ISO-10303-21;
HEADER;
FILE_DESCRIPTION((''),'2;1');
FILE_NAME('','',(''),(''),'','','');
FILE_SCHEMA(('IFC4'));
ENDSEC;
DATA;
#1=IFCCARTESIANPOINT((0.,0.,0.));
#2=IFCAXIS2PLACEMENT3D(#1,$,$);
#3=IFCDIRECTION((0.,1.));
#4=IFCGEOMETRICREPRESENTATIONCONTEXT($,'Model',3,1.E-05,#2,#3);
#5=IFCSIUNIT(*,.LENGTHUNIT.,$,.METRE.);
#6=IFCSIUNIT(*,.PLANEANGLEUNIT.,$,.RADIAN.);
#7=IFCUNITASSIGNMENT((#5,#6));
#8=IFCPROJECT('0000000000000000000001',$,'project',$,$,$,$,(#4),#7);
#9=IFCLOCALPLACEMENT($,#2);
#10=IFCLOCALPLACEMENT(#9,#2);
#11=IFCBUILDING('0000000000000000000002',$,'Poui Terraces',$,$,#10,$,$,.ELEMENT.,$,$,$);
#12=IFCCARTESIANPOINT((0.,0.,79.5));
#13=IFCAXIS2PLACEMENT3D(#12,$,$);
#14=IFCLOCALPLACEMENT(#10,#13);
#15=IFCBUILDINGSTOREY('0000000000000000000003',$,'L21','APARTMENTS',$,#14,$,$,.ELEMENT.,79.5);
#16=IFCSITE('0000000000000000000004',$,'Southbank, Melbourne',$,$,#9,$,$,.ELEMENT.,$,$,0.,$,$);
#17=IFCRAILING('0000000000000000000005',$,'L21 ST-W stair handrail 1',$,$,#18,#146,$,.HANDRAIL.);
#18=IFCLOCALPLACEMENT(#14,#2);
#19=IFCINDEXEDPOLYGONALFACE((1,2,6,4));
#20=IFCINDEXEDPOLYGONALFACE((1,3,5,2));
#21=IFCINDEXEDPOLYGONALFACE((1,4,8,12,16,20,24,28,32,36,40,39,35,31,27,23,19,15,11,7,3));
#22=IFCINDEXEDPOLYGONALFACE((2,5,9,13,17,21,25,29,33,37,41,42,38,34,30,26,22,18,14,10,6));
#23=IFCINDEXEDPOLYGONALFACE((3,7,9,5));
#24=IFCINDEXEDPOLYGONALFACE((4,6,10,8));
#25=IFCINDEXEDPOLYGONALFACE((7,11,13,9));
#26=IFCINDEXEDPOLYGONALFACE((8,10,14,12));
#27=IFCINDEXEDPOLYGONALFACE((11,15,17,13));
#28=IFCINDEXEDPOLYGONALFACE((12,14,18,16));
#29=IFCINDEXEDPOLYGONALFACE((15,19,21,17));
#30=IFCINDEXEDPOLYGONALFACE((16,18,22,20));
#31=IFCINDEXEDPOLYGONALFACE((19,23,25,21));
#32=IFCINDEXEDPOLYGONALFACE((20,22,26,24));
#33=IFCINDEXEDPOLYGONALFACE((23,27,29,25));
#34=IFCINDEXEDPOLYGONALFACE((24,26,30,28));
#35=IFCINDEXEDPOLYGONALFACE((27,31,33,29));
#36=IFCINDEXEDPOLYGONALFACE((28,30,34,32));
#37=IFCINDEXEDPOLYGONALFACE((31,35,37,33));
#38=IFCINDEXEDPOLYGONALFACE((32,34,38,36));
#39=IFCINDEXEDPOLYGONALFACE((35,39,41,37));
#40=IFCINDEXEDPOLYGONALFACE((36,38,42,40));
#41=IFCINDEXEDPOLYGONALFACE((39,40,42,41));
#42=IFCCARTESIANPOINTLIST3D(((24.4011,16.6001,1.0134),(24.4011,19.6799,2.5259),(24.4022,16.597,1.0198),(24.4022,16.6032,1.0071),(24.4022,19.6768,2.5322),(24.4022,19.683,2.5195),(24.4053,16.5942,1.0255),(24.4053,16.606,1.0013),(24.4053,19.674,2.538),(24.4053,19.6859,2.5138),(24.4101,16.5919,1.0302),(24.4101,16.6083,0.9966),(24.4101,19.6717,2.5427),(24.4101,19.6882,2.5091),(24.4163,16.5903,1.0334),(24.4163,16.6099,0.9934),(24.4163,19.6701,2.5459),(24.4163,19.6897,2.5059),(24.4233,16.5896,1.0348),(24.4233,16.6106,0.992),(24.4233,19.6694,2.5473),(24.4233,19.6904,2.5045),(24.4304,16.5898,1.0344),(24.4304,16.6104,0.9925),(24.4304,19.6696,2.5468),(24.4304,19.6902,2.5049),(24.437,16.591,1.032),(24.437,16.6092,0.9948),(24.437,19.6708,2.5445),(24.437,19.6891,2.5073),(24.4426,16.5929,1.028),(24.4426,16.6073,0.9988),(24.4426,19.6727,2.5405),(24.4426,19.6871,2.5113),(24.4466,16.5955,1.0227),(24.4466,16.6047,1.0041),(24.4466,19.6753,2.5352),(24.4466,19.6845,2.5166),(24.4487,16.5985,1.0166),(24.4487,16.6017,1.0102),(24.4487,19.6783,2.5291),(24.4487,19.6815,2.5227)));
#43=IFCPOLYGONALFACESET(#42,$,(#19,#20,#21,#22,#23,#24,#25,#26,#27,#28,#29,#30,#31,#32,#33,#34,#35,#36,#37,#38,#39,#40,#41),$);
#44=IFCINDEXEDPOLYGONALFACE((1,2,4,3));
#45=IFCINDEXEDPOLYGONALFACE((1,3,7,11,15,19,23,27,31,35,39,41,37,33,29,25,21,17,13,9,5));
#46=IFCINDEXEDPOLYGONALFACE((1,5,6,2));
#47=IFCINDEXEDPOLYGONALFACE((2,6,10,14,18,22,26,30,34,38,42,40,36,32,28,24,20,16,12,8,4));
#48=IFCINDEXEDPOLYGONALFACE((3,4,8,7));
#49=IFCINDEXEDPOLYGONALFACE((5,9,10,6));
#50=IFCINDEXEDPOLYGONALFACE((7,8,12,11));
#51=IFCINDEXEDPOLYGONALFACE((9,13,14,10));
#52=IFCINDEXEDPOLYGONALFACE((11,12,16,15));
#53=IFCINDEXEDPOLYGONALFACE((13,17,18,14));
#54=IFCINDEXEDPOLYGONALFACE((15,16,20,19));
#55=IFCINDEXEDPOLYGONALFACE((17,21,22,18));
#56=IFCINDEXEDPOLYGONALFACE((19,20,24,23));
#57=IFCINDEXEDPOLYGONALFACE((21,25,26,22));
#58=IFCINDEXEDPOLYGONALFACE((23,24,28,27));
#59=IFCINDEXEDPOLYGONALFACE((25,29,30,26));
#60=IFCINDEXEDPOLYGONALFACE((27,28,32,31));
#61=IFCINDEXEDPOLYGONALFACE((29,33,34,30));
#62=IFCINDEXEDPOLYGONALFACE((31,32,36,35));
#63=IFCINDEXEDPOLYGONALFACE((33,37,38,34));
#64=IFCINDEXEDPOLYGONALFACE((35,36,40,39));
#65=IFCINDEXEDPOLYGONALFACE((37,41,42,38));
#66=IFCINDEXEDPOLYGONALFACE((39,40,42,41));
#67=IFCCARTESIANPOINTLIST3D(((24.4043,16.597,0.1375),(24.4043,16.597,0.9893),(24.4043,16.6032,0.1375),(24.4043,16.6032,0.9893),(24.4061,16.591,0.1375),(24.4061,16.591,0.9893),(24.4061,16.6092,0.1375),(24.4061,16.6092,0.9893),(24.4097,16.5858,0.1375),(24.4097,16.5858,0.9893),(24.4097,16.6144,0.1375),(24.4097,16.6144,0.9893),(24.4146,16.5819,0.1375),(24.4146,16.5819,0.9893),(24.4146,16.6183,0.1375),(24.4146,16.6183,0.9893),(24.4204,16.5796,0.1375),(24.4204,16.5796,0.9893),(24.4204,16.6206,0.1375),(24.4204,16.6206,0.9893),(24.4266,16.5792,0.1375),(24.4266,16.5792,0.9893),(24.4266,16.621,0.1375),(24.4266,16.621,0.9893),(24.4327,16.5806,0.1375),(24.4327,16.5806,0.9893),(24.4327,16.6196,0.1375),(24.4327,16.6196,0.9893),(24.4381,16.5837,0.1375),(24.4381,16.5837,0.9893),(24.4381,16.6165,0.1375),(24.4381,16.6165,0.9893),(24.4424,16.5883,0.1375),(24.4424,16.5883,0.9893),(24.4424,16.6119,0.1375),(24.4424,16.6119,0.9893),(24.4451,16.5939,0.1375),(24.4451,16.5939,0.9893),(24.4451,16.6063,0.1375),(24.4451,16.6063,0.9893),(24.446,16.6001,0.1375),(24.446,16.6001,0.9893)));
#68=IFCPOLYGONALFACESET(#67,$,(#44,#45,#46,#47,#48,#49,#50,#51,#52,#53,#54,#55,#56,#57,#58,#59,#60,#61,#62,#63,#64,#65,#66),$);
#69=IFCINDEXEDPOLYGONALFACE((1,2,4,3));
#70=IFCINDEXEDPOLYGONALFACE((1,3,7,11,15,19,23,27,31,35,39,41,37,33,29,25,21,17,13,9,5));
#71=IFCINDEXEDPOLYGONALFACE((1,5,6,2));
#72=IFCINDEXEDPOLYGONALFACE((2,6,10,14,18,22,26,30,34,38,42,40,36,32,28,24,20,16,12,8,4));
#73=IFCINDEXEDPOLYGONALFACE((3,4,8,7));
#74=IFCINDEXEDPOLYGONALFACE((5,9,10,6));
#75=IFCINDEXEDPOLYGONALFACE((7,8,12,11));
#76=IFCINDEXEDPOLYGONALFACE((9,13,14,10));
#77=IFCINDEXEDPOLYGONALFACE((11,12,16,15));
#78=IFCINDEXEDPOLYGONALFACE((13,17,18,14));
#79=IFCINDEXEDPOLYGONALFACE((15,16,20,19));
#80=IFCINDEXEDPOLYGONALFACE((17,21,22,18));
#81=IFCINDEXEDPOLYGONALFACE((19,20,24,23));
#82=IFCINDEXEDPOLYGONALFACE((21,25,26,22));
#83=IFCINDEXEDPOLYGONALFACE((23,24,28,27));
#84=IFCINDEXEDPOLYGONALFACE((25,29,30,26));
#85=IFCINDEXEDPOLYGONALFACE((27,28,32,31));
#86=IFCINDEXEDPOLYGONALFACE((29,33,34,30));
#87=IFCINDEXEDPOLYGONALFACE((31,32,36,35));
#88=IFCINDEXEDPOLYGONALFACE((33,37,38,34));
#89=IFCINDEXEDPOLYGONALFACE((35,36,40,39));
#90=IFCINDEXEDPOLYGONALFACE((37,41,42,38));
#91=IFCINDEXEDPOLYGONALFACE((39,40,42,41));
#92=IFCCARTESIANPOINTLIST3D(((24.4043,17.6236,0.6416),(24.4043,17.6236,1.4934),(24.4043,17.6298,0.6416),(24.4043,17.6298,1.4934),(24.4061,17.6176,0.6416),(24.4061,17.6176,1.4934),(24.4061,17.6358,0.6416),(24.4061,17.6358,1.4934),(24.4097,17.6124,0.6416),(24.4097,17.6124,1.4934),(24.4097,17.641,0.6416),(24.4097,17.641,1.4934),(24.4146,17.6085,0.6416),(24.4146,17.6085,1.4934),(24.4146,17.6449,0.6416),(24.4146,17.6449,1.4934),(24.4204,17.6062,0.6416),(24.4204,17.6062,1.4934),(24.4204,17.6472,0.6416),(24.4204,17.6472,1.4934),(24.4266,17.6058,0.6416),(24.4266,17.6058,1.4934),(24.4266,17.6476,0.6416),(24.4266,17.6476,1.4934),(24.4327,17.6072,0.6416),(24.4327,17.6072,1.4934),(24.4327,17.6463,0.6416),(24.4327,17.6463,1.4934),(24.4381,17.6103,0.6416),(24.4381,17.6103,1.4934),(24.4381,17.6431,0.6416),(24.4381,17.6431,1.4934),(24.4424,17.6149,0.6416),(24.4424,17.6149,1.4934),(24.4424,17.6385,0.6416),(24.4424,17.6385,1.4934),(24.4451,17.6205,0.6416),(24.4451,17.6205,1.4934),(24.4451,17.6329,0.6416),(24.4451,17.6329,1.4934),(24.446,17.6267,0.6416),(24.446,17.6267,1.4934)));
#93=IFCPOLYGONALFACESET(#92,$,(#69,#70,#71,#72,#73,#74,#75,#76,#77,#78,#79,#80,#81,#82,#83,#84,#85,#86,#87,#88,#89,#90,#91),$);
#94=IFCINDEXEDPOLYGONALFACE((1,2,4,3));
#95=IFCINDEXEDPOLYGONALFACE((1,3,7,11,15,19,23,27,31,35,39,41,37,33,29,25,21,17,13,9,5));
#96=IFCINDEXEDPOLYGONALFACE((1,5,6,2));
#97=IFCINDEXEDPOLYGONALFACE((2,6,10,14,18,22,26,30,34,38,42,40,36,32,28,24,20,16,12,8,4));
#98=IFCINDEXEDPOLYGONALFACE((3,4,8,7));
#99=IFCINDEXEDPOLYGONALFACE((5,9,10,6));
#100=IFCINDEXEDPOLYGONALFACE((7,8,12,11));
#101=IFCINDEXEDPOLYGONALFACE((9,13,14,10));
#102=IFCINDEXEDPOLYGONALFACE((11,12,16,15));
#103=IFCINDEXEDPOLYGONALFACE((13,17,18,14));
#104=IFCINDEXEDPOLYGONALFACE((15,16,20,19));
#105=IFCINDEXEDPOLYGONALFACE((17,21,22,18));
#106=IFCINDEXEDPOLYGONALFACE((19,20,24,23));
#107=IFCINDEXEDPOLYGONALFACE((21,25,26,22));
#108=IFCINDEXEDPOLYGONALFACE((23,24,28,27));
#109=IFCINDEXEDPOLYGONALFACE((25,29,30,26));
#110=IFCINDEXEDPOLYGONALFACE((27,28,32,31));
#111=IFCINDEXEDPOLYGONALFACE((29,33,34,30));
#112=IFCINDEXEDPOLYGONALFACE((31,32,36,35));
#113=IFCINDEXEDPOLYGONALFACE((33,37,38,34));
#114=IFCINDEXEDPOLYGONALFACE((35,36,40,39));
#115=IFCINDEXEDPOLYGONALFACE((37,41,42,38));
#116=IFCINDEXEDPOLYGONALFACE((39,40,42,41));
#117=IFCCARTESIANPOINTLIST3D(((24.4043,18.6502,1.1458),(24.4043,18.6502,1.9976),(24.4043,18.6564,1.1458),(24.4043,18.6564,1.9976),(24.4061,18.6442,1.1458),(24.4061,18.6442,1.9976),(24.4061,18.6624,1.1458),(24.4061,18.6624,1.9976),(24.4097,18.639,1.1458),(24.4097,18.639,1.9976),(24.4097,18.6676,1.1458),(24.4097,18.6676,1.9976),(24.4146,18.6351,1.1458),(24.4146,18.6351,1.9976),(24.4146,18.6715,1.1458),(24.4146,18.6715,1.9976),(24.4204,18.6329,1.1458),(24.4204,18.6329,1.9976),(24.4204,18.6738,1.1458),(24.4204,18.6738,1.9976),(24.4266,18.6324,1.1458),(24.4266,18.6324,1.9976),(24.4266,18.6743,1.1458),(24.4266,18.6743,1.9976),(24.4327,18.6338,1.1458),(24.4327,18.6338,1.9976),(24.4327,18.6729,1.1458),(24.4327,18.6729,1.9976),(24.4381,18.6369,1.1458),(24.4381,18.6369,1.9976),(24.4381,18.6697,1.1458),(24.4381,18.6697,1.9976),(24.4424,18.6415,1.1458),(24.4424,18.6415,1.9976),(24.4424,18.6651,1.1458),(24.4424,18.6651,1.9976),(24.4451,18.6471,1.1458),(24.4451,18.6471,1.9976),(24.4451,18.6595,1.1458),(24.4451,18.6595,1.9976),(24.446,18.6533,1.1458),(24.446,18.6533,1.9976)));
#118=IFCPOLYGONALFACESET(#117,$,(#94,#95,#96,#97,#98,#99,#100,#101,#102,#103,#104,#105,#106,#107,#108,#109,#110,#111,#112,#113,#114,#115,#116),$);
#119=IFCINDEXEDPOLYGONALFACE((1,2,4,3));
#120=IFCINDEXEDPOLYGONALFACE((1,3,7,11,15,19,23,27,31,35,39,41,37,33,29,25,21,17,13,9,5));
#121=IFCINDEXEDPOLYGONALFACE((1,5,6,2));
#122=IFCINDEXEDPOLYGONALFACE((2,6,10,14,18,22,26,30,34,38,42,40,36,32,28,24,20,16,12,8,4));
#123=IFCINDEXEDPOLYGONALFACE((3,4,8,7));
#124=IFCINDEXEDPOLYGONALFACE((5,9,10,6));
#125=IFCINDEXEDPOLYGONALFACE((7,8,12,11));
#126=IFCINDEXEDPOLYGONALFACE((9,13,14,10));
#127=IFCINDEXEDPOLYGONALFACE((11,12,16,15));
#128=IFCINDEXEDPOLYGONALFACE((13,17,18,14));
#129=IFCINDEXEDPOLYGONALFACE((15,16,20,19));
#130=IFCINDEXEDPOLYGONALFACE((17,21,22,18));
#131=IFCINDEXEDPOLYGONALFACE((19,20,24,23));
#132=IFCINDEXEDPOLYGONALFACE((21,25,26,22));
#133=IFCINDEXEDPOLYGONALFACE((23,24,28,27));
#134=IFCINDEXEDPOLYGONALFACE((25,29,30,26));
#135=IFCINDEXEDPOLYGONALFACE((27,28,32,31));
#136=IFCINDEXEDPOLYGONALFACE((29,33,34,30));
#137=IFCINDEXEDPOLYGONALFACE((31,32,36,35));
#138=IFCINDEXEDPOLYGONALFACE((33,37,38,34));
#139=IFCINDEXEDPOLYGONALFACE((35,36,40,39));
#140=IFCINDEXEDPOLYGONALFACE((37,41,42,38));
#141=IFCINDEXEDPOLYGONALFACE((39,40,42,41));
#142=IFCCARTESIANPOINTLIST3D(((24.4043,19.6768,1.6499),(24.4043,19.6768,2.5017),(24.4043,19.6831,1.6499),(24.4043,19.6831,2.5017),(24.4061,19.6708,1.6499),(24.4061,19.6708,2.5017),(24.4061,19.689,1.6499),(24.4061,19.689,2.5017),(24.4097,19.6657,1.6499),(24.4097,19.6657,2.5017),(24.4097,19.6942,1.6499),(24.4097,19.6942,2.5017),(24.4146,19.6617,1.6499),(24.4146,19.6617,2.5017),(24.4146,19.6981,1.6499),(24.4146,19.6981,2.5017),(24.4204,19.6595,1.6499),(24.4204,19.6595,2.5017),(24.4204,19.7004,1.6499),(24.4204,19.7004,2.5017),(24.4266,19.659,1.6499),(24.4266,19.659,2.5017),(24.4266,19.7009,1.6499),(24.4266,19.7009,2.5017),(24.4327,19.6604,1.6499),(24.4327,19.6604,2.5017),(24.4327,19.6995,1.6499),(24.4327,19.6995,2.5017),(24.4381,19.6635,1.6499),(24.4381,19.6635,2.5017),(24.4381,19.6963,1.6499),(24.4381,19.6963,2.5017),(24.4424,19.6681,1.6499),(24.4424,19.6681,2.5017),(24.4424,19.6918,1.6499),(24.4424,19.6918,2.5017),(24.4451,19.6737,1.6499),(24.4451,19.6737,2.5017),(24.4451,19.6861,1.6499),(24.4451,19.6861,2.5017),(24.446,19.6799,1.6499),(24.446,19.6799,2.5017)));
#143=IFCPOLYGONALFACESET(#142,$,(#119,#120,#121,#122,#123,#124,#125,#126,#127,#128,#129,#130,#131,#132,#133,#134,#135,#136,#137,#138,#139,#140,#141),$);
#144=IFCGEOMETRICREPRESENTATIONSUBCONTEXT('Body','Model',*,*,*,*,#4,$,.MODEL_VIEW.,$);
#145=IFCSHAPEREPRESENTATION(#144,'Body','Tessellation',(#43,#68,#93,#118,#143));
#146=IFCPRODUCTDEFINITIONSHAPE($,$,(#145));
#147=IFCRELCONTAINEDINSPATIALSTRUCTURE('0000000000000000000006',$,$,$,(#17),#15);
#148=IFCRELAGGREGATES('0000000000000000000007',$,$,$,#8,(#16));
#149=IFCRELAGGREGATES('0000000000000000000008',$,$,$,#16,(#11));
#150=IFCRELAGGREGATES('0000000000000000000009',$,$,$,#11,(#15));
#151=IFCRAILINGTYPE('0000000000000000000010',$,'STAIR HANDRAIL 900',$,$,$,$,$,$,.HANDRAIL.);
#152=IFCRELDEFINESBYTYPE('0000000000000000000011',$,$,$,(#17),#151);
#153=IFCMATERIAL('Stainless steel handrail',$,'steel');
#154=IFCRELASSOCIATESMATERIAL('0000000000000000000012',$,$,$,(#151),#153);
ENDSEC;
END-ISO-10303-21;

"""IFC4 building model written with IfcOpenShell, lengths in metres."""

from ifc_helpers import new_model, si_unit, direction, frame, origin, origin_2d, place, context, subcontext, project, spatial, circle, extrude, material, type_object, element, save


model = new_model("IFC4")

# Units and contexts
model_context = context("Model", 3, precision=1e-05, world=origin(), true_north=direction((0.0, 1.0)))
body_context = subcontext(model_context, "Body", "Model", "MODEL_VIEW")
ifc_project = project(units=[si_unit("LENGTHUNIT", "METRE"), si_unit("PLANEANGLEUNIT", "RADIAN")], contexts=[model_context])

# Site, building, storey
site_placement = place(None, origin())
site = spatial("IfcSite", under=ifc_project, at=site_placement, Name="Southbank, Melbourne", CompositionType="ELEMENT", RefElevation=0.0)
building_placement = place(site_placement, origin())
building = spatial("IfcBuilding", under=site, at=building_placement, Name="Poui Terraces", CompositionType="ELEMENT")
storey_placement = place(building_placement, frame((0.0, 0.0, 79.5)))
storey = spatial("IfcBuildingStorey", under=building, at=storey_placement, Name="L21", Description="APARTMENTS", CompositionType="ELEMENT", Elevation=79.5)

# Railing
ifc_material_1 = material(Name="Stainless steel handrail", Category="steel")
railing_type_1 = type_object("IfcRailingType", Name="STAIR HANDRAIL 900", PredefinedType="HANDRAIL", material=ifc_material_1)
railing_1_placement = place(storey_placement, frame((24.425, 16.6001, 0.1375)))
element("IfcRailing", 1, at=railing_1_placement, inside=storey, type_object=railing_type_1, Name="L21 ST-W stair handrail 1", PredefinedType="HANDRAIL", context=body_context, shape_type="SweptSolid", body=[
    extrude(circle(Radius=0.0239, at=origin_2d()), frame((0.0, 0.0, 0.876), z_axis=(0.0, 0.897606, 0.440798), x_axis=(-1.0, 0.0, 0.0)), (0.0, 0.0, 1.0), 3.4312),
    extrude(circle(Radius=0.021, at=origin_2d()), origin(), (0.0, 0.0, 1.0), 0.8518),
    extrude(circle(Radius=0.021, at=origin_2d()), frame((0.0, 1.0266, 0.5042)), (0.0, 0.0, 1.0), 0.8518),
    extrude(circle(Radius=0.021, at=origin_2d()), frame((0.0, 2.0532, 1.0083)), (0.0, 0.0, 1.0), 0.8518),
    extrude(circle(Radius=0.021, at=origin_2d()), frame((0.0, 3.0798, 1.5125)), (0.0, 0.0, 1.0), 0.8518),
])

save(model, "model.ifc")
